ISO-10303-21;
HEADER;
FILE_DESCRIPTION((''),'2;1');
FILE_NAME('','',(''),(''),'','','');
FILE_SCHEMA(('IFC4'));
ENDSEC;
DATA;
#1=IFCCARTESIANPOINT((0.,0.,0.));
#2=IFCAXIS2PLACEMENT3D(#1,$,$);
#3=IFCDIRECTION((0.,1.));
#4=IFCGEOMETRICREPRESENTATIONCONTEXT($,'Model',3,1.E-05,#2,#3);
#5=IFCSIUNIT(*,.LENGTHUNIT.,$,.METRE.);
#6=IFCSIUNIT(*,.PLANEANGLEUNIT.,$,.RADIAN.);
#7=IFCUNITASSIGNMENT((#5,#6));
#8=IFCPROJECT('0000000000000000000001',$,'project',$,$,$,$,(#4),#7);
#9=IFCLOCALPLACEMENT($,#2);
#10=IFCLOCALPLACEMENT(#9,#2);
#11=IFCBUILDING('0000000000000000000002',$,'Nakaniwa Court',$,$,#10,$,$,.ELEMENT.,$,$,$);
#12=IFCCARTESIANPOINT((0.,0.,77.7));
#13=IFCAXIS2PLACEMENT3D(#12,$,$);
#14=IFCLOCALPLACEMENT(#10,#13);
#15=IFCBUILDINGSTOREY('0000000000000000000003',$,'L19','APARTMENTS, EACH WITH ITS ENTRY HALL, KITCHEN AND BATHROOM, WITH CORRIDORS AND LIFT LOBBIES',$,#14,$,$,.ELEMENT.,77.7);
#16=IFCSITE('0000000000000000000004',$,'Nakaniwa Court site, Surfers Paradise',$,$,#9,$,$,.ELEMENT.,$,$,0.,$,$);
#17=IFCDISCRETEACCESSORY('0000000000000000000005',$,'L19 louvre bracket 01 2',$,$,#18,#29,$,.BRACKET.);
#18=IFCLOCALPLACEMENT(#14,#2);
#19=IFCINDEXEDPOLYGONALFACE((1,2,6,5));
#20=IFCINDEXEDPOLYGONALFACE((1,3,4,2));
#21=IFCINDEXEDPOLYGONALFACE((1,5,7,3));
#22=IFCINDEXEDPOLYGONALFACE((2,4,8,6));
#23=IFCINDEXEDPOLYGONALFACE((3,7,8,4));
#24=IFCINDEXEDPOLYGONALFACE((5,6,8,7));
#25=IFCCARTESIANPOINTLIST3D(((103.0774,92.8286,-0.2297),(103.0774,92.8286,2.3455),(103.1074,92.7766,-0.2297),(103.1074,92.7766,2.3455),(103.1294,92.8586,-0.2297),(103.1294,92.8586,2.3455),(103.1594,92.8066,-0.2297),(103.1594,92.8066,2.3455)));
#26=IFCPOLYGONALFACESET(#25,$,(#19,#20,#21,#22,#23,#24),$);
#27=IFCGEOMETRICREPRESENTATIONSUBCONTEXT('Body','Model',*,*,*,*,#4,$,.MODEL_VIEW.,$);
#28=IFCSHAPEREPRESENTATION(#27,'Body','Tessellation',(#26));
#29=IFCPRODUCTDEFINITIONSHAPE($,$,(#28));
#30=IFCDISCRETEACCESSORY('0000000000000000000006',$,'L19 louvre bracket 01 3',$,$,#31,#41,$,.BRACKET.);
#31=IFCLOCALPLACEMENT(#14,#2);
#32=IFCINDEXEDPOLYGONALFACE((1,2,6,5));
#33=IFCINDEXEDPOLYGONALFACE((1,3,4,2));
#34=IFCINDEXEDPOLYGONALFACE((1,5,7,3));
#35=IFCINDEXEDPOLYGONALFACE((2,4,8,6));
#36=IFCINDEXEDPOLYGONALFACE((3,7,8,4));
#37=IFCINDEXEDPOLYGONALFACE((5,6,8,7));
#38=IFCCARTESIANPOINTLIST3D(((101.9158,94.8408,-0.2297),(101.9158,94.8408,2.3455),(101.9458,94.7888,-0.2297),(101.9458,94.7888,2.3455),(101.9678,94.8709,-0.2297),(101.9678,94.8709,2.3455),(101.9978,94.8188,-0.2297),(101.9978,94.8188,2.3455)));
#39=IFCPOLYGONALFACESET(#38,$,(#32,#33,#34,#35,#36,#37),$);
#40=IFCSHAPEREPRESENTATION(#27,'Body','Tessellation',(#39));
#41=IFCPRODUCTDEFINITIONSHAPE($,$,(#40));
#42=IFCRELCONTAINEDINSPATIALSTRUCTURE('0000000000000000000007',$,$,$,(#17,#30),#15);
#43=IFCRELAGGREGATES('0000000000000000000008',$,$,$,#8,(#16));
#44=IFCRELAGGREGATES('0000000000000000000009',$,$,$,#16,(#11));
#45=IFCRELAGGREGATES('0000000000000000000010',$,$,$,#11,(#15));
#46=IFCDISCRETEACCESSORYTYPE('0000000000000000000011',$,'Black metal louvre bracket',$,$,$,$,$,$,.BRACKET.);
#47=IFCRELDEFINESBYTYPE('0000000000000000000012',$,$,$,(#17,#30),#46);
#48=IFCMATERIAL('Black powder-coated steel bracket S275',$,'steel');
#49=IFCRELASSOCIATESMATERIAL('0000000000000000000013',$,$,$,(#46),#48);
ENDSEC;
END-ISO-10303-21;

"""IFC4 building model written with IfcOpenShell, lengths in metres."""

from ifc_helpers import new_model, si_unit, direction, frame, origin, origin_2d, place, context, subcontext, project, spatial, rectangle, extrude, material, type_object, element, save


model = new_model("IFC4")

# Units and contexts
model_context = context("Model", 3, precision=1e-05, world=origin(), true_north=direction((0.0, 1.0)))
body_context = subcontext(model_context, "Body", "Model", "MODEL_VIEW")
ifc_project = project(units=[si_unit("LENGTHUNIT", "METRE"), si_unit("PLANEANGLEUNIT", "RADIAN")], contexts=[model_context])

# Site, building, storey
site_placement = place(None, origin())
site = spatial("IfcSite", under=ifc_project, at=site_placement, Name="Nakaniwa Court site, Surfers Paradise", CompositionType="ELEMENT", RefElevation=0.0)
building_placement = place(site_placement, origin())
building = spatial("IfcBuilding", under=site, at=building_placement, Name="Nakaniwa Court", CompositionType="ELEMENT")
storey_placement = place(building_placement, frame((0.0, 0.0, 77.7)))
storey = spatial("IfcBuildingStorey", under=building, at=storey_placement, Name="L19", Description="APARTMENTS, EACH WITH ITS ENTRY HALL, KITCHEN AND BATHROOM, WITH CORRIDORS AND LIFT LOBBIES", CompositionType="ELEMENT", Elevation=77.7)

# Discrete accessories
ifc_material_1 = material(Name="Black powder-coated steel bracket S275", Category="steel")
discrete_accessory_type = type_object("IfcDiscreteAccessoryType", Name="Black metal louvre bracket", PredefinedType="BRACKET", material=ifc_material_1)
for number, where, z_axis, x_axis, name in (
    (1, (103.1184, 92.8176, -0.2297), (0.0, 0.0, 1.0), (-0.499974, 0.86604, 0.0), "L19 louvre bracket 01 2"),
    (2, (101.9568, 94.8298, -0.2297), (0.0, 0.0, 1.0), (-0.499974, 0.86604, 0.0), "L19 louvre bracket 01 3"),
):
    element("IfcDiscreteAccessory", number, at=place(storey_placement, frame(where, z_axis=z_axis, x_axis=x_axis)), inside=storey, type_object=discrete_accessory_type, Name=name, PredefinedType="BRACKET", context=body_context, shape_type="SweptSolid", body=[
        extrude(rectangle(XDim=0.0601, YDim=0.0601, at=origin_2d()), origin(), (0.0, 0.0, 1.0), 2.5752),
    ])

save(model, "model.ifc")
